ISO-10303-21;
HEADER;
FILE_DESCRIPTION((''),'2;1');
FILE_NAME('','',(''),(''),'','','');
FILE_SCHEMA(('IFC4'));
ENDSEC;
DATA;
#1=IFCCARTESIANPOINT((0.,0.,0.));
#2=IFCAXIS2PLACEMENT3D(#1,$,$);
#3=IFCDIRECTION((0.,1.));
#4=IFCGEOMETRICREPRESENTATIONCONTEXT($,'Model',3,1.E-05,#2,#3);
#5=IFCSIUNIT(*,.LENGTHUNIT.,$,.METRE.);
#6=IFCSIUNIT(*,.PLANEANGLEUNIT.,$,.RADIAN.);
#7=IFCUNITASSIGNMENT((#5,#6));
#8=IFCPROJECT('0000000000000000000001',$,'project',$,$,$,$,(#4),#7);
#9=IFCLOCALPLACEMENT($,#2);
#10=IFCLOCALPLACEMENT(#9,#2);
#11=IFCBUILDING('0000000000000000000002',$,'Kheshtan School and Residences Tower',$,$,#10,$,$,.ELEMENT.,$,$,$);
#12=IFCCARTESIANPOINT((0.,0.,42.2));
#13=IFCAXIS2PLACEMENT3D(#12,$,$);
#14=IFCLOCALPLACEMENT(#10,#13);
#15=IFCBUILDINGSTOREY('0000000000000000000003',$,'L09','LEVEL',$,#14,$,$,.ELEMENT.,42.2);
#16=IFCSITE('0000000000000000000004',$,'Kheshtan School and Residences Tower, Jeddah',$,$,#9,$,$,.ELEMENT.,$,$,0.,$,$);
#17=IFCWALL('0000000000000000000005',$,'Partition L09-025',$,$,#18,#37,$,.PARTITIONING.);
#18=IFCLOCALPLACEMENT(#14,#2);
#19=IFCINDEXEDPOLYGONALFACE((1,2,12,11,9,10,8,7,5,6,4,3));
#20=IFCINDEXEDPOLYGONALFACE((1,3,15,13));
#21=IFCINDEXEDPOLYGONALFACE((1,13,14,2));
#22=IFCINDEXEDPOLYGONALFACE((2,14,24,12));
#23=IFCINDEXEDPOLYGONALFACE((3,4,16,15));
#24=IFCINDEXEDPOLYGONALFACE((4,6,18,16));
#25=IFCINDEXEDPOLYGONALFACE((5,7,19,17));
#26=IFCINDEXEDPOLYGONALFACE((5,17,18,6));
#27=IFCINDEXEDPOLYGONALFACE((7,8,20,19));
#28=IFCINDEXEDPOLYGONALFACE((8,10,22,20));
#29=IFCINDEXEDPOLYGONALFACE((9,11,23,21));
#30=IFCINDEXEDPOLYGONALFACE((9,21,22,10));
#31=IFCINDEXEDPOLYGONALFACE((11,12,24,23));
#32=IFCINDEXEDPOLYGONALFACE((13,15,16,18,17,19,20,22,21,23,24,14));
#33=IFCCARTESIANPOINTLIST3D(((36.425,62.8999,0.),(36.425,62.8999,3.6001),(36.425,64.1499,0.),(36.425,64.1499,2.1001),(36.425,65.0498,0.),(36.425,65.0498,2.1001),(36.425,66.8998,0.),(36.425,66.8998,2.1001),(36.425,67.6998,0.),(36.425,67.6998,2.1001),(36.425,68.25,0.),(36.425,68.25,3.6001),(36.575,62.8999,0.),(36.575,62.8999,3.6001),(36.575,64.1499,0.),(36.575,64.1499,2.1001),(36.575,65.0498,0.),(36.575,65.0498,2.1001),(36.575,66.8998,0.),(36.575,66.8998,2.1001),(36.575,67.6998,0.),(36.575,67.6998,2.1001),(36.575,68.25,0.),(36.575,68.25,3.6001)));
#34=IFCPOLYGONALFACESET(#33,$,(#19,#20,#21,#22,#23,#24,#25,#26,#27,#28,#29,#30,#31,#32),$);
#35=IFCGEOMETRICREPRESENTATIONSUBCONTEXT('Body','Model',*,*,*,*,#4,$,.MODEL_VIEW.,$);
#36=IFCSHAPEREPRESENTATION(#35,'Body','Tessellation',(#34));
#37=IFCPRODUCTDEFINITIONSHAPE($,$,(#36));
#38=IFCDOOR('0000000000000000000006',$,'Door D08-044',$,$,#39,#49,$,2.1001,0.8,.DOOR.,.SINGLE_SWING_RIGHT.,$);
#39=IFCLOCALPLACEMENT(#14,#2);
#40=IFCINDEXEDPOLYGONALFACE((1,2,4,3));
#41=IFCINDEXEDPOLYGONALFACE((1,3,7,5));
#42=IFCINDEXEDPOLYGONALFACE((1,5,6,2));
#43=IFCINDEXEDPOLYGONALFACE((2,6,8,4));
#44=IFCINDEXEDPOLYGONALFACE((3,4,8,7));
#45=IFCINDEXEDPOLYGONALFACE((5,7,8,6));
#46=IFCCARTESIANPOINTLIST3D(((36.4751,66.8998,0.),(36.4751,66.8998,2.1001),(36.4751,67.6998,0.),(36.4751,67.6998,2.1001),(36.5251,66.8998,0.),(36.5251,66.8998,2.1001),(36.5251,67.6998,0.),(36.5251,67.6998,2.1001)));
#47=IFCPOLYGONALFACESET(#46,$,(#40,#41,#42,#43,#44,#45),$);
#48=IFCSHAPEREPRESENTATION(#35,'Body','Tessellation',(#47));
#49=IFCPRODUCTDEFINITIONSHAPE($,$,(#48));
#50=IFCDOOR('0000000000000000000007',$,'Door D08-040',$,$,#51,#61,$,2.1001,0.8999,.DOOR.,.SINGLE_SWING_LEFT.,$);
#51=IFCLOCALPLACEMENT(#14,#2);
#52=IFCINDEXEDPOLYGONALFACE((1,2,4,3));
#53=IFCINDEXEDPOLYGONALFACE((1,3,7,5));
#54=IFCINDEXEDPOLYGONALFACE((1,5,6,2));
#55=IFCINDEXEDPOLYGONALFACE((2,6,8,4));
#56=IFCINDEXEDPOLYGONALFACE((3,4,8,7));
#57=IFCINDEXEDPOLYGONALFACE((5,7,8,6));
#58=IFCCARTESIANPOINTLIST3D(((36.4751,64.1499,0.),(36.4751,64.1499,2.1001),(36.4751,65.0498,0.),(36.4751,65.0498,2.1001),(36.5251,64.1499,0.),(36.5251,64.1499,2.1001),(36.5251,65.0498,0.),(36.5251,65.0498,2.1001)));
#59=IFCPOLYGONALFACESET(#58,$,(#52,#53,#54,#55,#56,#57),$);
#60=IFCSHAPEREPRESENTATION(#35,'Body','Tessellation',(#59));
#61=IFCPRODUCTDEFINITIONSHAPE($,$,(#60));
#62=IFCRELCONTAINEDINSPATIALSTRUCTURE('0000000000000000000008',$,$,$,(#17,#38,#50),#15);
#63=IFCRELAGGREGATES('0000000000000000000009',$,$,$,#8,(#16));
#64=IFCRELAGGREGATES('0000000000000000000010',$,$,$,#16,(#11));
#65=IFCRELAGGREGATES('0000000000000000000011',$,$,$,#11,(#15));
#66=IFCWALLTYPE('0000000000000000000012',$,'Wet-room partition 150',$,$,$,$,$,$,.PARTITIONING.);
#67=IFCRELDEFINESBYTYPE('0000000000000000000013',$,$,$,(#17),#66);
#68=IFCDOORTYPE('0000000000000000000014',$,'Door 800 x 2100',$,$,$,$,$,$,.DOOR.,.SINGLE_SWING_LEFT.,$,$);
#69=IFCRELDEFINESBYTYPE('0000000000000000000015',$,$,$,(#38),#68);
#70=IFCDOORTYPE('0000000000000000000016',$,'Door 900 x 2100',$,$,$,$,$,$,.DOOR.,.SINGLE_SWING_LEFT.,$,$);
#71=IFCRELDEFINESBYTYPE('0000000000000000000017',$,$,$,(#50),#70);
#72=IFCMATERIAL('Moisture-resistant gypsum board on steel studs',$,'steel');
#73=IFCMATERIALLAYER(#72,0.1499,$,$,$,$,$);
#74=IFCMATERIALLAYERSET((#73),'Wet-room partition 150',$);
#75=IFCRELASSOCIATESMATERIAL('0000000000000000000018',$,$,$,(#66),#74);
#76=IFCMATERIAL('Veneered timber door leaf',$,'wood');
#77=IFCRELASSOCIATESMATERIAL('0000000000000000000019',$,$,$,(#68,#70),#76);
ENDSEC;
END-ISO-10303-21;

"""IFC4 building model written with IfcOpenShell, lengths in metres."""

from ifc_helpers import new_model, si_unit, direction, frame, frame_2d, origin, place, context, subcontext, project, spatial, rectangle, extrude, source, transform, mapped, material, layer, layer_set, type_object, element, fill, save


model = new_model("IFC4")

# Units and contexts
model_context = context("Model", 3, precision=1e-05, world=origin(), true_north=direction((0.0, 1.0)))
body_context = subcontext(model_context, "Body", "Model", "MODEL_VIEW")
ifc_project = project(units=[si_unit("LENGTHUNIT", "METRE"), si_unit("PLANEANGLEUNIT", "RADIAN")], contexts=[model_context])

# Site, building, storey
site_placement = place(None, origin())
site = spatial("IfcSite", under=ifc_project, at=site_placement, Name="Kheshtan School and Residences Tower, Jeddah", CompositionType="ELEMENT", RefElevation=0.0)
building_placement = place(site_placement, origin())
building = spatial("IfcBuilding", under=site, at=building_placement, Name="Kheshtan School and Residences Tower", CompositionType="ELEMENT")
storey_placement = place(building_placement, frame((0.0, 0.0, 42.2)))
storey = spatial("IfcBuildingStorey", under=building, at=storey_placement, Name="L09", Description="LEVEL", CompositionType="ELEMENT", Elevation=42.2)

# Shared definitions
ifc_material_1 = material(Name="Moisture-resistant gypsum board on steel studs", Category="steel")
ifc_layer_1 = layer(ifc_material_1, 0.1499)
ifc_layer_set_1 = layer_set([ifc_layer_1], Name="Wet-room partition 150")
wall_type_1 = type_object("IfcWallType", Name="Wet-room partition 150", PredefinedType="PARTITIONING", material=ifc_layer_set_1)

# Shared definitions
ifc_material_2 = material(Name="Veneered timber door leaf", Category="wood")
door_type_1 = type_object("IfcDoorType", Name="Door 800 x 2100", OperationType="SINGLE_SWING_LEFT", PredefinedType="DOOR", material=ifc_material_2)
shared_shape_1 = source(origin(), body_context, "Body", "SweptSolid", [
    extrude(rectangle(XDim=0.8, YDim=2.1001, at=frame_2d((0.3999, 1.05))), frame((0.0, 0.0249, 0.0), z_axis=(0.0, -1.0, 0.0), x_axis=(1.0, 0.0, 0.0)), (0.0, 0.0, 1.0), 0.05),
])

# Wall, openings, doors
wall_1_placement = place(storey_placement, frame((36.5, 62.8999, 0.0), z_axis=(0.0, 0.0, 1.0), x_axis=(0.0, 1.0, 0.0)))
wall_1 = element("IfcWall", 1, at=wall_1_placement, inside=storey, type_object=wall_type_1, Name="Partition L09-025", PredefinedType="PARTITIONING", context=body_context, shape_type="SweptSolid", body=[
    extrude(rectangle(XDim=5.3501, YDim=0.1499, at=frame_2d((2.675, 0.0))), origin(), (0.0, 0.0, 1.0), 3.6001),
])
opening_1_placement = place(wall_1_placement, frame((1.25, 0.0, 0.0)))
opening_1 = element("IfcOpeningElement", 2, at=opening_1_placement, cuts=wall_1, PredefinedType="OPENING", context=body_context, shape_type="SweptSolid", body=[
    extrude(rectangle(XDim=0.8999, YDim=2.1001, at=frame_2d((0.45, 1.05))), frame((0.0, 0.085, 0.0), z_axis=(0.0, -1.0, 0.0), x_axis=(1.0, 0.0, 0.0)), (0.0, 0.0, 1.0), 0.1699),
])
opening_2_placement = place(wall_1_placement, frame((4.0, 0.0, 0.0)))
opening_2 = element("IfcOpeningElement", 3, at=opening_2_placement, cuts=wall_1, PredefinedType="OPENING", context=body_context, shape_type="SweptSolid", body=[
    extrude(rectangle(XDim=0.8, YDim=2.1001, at=frame_2d((0.3999, 1.05))), frame((0.0, 0.085, 0.0), z_axis=(0.0, -1.0, 0.0), x_axis=(1.0, 0.0, 0.0)), (0.0, 0.0, 1.0), 0.1699),
])
door_1_placement = place(opening_2_placement, origin())
door_1 = element("IfcDoor", 4, at=door_1_placement, inside=storey, type_object=door_type_1, Name="Door D08-044", OperationType="SINGLE_SWING_RIGHT", OverallHeight=2.1001, OverallWidth=0.8, PredefinedType="DOOR", context=body_context, shape_type="MappedRepresentation", body=[
    mapped(shared_shape_1, transform((0.0, 0.0, 0.0), x_axis=(1.0, 0.0, 0.0), y_axis=(0.0, 1.0, 0.0), z_axis=(0.0, 0.0, 1.0), scale=1.0)),
])
fill(opening_2, door_1)
door_type_2 = type_object("IfcDoorType", Name="Door 900 x 2100", OperationType="SINGLE_SWING_LEFT", PredefinedType="DOOR", material=ifc_material_2)
shared_shape_2 = source(origin(), body_context, "Body", "SweptSolid", [
    extrude(rectangle(XDim=0.8999, YDim=2.1001, at=frame_2d((0.45, 1.05))), frame((0.0, 0.0249, 0.0), z_axis=(0.0, -1.0, 0.0), x_axis=(1.0, 0.0, 0.0)), (0.0, 0.0, 1.0), 0.05),
])
door_2_placement = place(opening_1_placement, origin())
door_2 = element("IfcDoor", 5, at=door_2_placement, inside=storey, type_object=door_type_2, Name="Door D08-040", OperationType="SINGLE_SWING_LEFT", OverallHeight=2.1001, OverallWidth=0.8999, PredefinedType="DOOR", context=body_context, shape_type="MappedRepresentation", body=[
    mapped(shared_shape_2, transform((0.0, 0.0, 0.0), x_axis=(1.0, 0.0, 0.0), y_axis=(0.0, 1.0, 0.0), z_axis=(0.0, 0.0, 1.0), scale=1.0)),
])
fill(opening_1, door_2)

save(model, "model.ifc")
